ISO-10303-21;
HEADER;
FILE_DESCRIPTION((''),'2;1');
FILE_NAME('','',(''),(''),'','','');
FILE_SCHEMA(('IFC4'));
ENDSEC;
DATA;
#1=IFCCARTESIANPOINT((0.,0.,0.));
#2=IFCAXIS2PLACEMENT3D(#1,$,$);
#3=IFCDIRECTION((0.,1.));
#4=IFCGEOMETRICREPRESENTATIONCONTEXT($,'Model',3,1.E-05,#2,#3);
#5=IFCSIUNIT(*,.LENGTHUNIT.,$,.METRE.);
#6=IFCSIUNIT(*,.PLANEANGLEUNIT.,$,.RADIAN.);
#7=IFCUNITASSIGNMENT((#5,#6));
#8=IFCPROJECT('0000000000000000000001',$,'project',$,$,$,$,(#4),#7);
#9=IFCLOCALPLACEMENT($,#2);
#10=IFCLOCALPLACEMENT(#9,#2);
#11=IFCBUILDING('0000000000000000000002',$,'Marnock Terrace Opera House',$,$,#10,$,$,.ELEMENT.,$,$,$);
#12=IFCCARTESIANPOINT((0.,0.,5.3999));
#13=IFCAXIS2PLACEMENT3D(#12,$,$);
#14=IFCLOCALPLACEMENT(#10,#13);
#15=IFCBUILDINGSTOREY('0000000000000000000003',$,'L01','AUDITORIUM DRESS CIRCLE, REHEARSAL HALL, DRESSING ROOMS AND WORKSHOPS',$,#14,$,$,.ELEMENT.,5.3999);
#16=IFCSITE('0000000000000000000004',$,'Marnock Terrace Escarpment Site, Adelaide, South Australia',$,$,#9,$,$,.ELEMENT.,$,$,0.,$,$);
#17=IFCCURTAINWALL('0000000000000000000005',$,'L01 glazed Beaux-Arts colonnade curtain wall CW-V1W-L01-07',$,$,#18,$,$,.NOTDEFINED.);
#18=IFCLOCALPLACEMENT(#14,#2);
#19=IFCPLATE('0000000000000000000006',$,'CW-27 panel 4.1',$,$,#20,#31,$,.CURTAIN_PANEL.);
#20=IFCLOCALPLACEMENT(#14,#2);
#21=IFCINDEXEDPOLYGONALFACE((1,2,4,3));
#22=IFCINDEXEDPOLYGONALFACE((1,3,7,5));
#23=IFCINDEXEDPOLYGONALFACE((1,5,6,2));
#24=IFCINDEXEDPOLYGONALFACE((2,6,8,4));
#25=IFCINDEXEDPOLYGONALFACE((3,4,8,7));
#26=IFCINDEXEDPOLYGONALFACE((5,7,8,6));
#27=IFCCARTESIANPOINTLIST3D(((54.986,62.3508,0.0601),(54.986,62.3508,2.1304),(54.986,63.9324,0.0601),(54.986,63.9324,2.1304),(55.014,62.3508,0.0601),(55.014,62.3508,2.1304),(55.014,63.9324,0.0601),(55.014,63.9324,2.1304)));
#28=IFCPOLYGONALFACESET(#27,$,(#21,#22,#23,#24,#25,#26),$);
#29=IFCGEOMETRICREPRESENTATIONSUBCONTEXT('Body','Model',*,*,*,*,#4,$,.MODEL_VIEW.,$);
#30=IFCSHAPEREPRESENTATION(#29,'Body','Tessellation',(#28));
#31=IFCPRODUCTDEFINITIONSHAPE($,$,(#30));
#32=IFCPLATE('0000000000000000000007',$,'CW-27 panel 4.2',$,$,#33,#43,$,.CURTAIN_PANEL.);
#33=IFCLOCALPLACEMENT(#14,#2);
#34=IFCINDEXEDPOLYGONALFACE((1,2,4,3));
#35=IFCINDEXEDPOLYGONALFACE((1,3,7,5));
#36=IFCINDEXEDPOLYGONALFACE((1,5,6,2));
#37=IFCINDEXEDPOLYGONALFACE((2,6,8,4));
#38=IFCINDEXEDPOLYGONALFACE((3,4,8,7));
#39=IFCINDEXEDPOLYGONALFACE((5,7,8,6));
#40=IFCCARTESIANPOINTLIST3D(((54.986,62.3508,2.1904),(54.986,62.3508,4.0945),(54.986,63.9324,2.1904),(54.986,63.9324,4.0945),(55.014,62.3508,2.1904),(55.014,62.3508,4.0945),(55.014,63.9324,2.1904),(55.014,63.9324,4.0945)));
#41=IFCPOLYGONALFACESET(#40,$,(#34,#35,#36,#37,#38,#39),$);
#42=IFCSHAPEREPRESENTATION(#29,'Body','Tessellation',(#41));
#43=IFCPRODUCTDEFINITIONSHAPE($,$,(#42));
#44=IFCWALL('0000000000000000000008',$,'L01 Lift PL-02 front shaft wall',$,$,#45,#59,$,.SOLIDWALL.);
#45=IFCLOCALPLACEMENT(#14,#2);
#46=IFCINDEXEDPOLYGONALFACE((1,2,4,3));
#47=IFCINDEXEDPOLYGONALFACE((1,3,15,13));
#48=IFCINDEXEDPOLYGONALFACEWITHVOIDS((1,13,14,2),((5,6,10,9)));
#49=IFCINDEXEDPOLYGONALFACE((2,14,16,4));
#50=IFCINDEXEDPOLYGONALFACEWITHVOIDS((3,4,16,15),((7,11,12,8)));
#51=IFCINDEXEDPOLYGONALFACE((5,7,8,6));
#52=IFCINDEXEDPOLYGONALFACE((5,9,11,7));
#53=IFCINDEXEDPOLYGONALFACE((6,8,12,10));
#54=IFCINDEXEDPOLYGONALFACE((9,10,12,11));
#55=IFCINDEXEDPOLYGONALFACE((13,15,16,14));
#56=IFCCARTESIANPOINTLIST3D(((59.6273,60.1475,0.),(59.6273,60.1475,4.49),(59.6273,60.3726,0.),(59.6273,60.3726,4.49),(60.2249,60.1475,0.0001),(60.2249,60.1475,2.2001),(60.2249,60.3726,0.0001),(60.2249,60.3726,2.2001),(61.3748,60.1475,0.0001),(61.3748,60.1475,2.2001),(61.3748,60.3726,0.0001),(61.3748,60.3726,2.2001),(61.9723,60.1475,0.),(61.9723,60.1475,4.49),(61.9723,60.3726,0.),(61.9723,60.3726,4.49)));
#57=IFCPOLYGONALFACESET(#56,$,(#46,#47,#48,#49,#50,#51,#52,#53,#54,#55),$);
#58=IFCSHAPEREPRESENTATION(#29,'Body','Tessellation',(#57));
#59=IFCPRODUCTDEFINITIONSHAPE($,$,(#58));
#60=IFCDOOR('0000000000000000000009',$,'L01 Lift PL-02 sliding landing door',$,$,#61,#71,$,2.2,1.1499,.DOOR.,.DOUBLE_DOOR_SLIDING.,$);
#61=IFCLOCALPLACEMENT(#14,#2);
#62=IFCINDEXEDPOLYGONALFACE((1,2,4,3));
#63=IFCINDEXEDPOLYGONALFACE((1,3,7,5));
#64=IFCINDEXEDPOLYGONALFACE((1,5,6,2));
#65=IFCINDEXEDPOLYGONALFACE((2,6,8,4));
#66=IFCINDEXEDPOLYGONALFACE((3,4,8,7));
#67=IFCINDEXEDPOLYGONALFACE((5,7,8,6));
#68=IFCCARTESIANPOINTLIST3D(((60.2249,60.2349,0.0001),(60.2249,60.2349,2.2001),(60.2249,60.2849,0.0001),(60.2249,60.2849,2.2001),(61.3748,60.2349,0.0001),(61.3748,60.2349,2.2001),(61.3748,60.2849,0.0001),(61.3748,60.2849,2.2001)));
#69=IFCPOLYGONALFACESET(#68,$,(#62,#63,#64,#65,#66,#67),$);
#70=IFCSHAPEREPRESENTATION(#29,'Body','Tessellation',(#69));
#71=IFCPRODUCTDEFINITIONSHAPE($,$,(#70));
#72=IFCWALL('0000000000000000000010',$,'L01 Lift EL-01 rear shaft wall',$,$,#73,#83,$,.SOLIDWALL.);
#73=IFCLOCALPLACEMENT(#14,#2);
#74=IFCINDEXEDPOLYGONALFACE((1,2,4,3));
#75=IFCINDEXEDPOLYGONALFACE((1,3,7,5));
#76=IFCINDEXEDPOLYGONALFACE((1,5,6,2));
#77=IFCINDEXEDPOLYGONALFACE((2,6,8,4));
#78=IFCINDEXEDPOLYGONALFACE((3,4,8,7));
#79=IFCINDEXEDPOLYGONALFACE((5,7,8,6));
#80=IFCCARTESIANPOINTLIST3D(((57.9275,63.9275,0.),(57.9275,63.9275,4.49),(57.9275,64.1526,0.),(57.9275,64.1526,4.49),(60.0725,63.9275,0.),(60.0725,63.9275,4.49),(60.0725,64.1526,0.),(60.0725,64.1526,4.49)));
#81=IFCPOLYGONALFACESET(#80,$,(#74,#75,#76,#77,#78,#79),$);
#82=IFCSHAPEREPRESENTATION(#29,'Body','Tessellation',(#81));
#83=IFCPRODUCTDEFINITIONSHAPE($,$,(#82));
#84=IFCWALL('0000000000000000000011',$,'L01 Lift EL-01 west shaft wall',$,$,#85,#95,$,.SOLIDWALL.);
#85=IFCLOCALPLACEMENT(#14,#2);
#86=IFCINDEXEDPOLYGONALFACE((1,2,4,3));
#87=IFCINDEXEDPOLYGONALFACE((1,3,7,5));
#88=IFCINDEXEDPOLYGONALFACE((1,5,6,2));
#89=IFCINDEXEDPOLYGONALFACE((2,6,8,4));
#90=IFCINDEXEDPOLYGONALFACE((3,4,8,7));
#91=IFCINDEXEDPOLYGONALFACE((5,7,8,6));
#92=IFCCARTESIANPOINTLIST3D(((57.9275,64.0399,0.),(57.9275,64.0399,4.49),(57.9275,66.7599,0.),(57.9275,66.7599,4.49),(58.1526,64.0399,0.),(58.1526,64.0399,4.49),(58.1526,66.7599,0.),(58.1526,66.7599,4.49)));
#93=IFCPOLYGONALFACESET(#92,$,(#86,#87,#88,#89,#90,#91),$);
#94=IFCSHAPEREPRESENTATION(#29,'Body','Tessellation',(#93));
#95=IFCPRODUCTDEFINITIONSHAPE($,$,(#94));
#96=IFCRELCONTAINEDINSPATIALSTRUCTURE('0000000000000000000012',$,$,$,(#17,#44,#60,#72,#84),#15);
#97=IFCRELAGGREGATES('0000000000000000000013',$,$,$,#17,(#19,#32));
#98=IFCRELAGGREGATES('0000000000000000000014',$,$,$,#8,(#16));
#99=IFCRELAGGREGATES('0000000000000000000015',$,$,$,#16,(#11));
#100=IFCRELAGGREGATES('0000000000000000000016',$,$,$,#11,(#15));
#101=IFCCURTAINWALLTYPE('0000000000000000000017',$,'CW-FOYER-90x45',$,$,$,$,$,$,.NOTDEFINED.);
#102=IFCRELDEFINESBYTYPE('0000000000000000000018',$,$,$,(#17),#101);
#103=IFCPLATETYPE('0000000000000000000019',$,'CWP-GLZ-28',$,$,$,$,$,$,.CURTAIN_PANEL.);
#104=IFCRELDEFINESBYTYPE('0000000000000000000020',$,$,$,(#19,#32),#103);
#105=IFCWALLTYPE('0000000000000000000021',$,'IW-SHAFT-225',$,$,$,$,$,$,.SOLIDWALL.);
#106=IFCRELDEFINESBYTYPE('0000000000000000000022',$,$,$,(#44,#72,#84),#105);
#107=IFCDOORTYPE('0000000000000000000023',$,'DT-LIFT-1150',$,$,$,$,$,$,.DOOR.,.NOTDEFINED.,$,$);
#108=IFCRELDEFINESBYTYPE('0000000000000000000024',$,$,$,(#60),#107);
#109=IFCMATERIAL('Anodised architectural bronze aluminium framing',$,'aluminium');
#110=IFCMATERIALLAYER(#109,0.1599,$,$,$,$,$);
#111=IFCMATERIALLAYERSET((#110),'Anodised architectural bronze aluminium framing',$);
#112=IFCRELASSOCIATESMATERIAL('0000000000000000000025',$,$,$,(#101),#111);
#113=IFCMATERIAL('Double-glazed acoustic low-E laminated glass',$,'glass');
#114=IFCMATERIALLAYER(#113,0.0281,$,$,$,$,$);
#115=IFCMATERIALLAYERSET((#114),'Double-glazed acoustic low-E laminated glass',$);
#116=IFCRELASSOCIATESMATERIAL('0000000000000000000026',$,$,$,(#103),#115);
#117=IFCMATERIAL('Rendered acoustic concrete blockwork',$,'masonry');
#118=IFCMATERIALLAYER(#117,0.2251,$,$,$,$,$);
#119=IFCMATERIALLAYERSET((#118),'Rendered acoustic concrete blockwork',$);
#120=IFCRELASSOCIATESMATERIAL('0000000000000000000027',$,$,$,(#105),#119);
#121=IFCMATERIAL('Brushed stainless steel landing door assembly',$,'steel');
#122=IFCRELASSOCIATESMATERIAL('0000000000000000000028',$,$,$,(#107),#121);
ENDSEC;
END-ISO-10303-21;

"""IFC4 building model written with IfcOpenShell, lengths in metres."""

from ifc_helpers import new_model, si_unit, direction, frame, frame_2d, origin, origin_2d, place, context, subcontext, project, spatial, rectangle, extrude, material, layer, layer_set, type_object, element, fill, aggregate, save


model = new_model("IFC4")

# Units and contexts
model_context = context("Model", 3, precision=1e-05, world=origin(), true_north=direction((0.0, 1.0)))
body_context = subcontext(model_context, "Body", "Model", "MODEL_VIEW")
ifc_project = project(units=[si_unit("LENGTHUNIT", "METRE"), si_unit("PLANEANGLEUNIT", "RADIAN")], contexts=[model_context])

# Site, building, storey
site_placement = place(None, origin())
site = spatial("IfcSite", under=ifc_project, at=site_placement, Name="Marnock Terrace Escarpment Site, Adelaide, South Australia", CompositionType="ELEMENT", RefElevation=0.0)
building_placement = place(site_placement, origin())
building = spatial("IfcBuilding", under=site, at=building_placement, Name="Marnock Terrace Opera House", CompositionType="ELEMENT")
storey_placement = place(building_placement, frame((0.0, 0.0, 5.3999)))
storey = spatial("IfcBuildingStorey", under=building, at=storey_placement, Name="L01", Description="AUDITORIUM DRESS CIRCLE, REHEARSAL HALL, DRESSING ROOMS AND WORKSHOPS", CompositionType="ELEMENT", Elevation=5.3999)

# Curtain wall, plates
ifc_material_1 = material(Name="Anodised architectural bronze aluminium framing", Category="aluminium")
ifc_layer_1 = layer(ifc_material_1, 0.1599)
ifc_layer_set_1 = layer_set([ifc_layer_1], Name="Anodised architectural bronze aluminium framing")
curtain_wall_type = type_object("IfcCurtainWallType", Name="CW-FOYER-90x45", PredefinedType="NOTDEFINED", material=ifc_layer_set_1)
curtain_wall_placement = place(storey_placement, origin())
curtain_wall = element("IfcCurtainWall", 1, at=curtain_wall_placement, inside=storey, type_object=curtain_wall_type, Name="L01 glazed Beaux-Arts colonnade curtain wall CW-V1W-L01-07", PredefinedType="NOTDEFINED")
ifc_material_2 = material(Name="Double-glazed acoustic low-E laminated glass", Category="glass")
ifc_layer_2 = layer(ifc_material_2, 0.0281)
ifc_layer_set_2 = layer_set([ifc_layer_2], Name="Double-glazed acoustic low-E laminated glass")
plate_type = type_object("IfcPlateType", Name="CWP-GLZ-28", PredefinedType="CURTAIN_PANEL", material=ifc_layer_set_2)
plate_1_placement = place(storey_placement, frame((55.0, 63.1416, 0.0601), z_axis=(0.0, 0.0, 1.0), x_axis=(0.0, 1.0, 0.0)))
plate_1 = element("IfcPlate", 2, at=plate_1_placement, type_object=plate_type, Name="CW-27 panel 4.1", PredefinedType="CURTAIN_PANEL", context=body_context, shape_type="SweptSolid", body=[
    extrude(rectangle(XDim=1.5815, YDim=0.0281, at=origin_2d()), origin(), (0.0, 0.0, 1.0), 2.0703),
])
plate_2_placement = place(storey_placement, frame((55.0, 63.1416, 2.1904), z_axis=(0.0, 0.0, 1.0), x_axis=(0.0, 1.0, 0.0)))
plate_2 = element("IfcPlate", 3, at=plate_2_placement, type_object=plate_type, Name="CW-27 panel 4.2", PredefinedType="CURTAIN_PANEL", context=body_context, shape_type="SweptSolid", body=[
    extrude(rectangle(XDim=1.5815, YDim=0.0281, at=origin_2d()), origin(), (0.0, 0.0, 1.0), 1.9041),
])
aggregate(curtain_wall, [plate_1, plate_2])

# Wall, opening, door
ifc_material_3 = material(Name="Rendered acoustic concrete blockwork", Category="masonry")
ifc_layer_3 = layer(ifc_material_3, 0.2251)
ifc_layer_set_3 = layer_set([ifc_layer_3], Name="Rendered acoustic concrete blockwork")
wall_type = type_object("IfcWallType", Name="IW-SHAFT-225", PredefinedType="SOLIDWALL", material=ifc_layer_set_3)
wall_1_placement = place(storey_placement, frame((59.6274, 60.26, 0.0), z_axis=(0.0, 0.0, 1.0), x_axis=(1.0, 0.0, 0.0)))
wall_1 = element("IfcWall", 4, at=wall_1_placement, inside=storey, type_object=wall_type, Name="L01 Lift PL-02 front shaft wall", PredefinedType="SOLIDWALL", context=body_context, shape_type="SweptSolid", body=[
    extrude(rectangle(XDim=2.345, YDim=0.2251, at=frame_2d((1.1724, 0.0))), origin(), (0.0, 0.0, 1.0), 4.49),
])
opening_placement = place(wall_1_placement, frame((0.5974, 0.0, 0.0)))
opening = element("IfcOpeningElement", 5, at=opening_placement, cuts=wall_1, PredefinedType="OPENING", context=body_context, shape_type="SweptSolid", body=[
    extrude(rectangle(XDim=1.1499, YDim=2.2, at=frame_2d((0.575, 1.1001))), frame((0.0, 0.1226, 0.0), z_axis=(0.0, -1.0, 0.0), x_axis=(1.0, 0.0, 0.0)), (0.0, 0.0, 1.0), 0.2451),
])
ifc_material_4 = material(Name="Brushed stainless steel landing door assembly", Category="steel")
door_type = type_object("IfcDoorType", Name="DT-LIFT-1150", OperationType="NOTDEFINED", PredefinedType="DOOR", material=ifc_material_4)
door_placement = place(opening_placement, origin())
door = element("IfcDoor", 6, at=door_placement, inside=storey, type_object=door_type, Name="L01 Lift PL-02 sliding landing door", OperationType="DOUBLE_DOOR_SLIDING", OverallHeight=2.2, OverallWidth=1.1499, PredefinedType="DOOR", context=body_context, shape_type="SweptSolid", body=[
    extrude(rectangle(XDim=1.1499, YDim=2.2, at=frame_2d((0.575, 1.1001))), frame((0.0, 0.0249, 0.0), z_axis=(0.0, -1.0, 0.0), x_axis=(1.0, 0.0, 0.0)), (0.0, 0.0, 1.0), 0.05),
])
fill(opening, door)

# Walls
wall_2_placement = place(storey_placement, frame((57.9275, 64.04, 0.0), z_axis=(0.0, 0.0, 1.0), x_axis=(1.0, 0.0, 0.0)))
element("IfcWall", 7, at=wall_2_placement, inside=storey, type_object=wall_type, Name="L01 Lift EL-01 rear shaft wall", PredefinedType="SOLIDWALL", context=body_context, shape_type="SweptSolid", body=[
    extrude(rectangle(XDim=2.145, YDim=0.2251, at=frame_2d((1.0725, 0.0))), origin(), (0.0, 0.0, 1.0), 4.49),
])
wall_3_placement = place(storey_placement, frame((58.04, 64.04, 0.0), z_axis=(0.0, 0.0, 1.0), x_axis=(0.0, 1.0, 0.0)))
element("IfcWall", 8, at=wall_3_placement, inside=storey, type_object=wall_type, Name="L01 Lift EL-01 west shaft wall", PredefinedType="SOLIDWALL", context=body_context, shape_type="SweptSolid", body=[
    extrude(rectangle(XDim=2.72, YDim=0.2251, at=frame_2d((1.3599, 0.0))), origin(), (0.0, 0.0, 1.0), 4.49),
])

save(model, "model.ifc")
